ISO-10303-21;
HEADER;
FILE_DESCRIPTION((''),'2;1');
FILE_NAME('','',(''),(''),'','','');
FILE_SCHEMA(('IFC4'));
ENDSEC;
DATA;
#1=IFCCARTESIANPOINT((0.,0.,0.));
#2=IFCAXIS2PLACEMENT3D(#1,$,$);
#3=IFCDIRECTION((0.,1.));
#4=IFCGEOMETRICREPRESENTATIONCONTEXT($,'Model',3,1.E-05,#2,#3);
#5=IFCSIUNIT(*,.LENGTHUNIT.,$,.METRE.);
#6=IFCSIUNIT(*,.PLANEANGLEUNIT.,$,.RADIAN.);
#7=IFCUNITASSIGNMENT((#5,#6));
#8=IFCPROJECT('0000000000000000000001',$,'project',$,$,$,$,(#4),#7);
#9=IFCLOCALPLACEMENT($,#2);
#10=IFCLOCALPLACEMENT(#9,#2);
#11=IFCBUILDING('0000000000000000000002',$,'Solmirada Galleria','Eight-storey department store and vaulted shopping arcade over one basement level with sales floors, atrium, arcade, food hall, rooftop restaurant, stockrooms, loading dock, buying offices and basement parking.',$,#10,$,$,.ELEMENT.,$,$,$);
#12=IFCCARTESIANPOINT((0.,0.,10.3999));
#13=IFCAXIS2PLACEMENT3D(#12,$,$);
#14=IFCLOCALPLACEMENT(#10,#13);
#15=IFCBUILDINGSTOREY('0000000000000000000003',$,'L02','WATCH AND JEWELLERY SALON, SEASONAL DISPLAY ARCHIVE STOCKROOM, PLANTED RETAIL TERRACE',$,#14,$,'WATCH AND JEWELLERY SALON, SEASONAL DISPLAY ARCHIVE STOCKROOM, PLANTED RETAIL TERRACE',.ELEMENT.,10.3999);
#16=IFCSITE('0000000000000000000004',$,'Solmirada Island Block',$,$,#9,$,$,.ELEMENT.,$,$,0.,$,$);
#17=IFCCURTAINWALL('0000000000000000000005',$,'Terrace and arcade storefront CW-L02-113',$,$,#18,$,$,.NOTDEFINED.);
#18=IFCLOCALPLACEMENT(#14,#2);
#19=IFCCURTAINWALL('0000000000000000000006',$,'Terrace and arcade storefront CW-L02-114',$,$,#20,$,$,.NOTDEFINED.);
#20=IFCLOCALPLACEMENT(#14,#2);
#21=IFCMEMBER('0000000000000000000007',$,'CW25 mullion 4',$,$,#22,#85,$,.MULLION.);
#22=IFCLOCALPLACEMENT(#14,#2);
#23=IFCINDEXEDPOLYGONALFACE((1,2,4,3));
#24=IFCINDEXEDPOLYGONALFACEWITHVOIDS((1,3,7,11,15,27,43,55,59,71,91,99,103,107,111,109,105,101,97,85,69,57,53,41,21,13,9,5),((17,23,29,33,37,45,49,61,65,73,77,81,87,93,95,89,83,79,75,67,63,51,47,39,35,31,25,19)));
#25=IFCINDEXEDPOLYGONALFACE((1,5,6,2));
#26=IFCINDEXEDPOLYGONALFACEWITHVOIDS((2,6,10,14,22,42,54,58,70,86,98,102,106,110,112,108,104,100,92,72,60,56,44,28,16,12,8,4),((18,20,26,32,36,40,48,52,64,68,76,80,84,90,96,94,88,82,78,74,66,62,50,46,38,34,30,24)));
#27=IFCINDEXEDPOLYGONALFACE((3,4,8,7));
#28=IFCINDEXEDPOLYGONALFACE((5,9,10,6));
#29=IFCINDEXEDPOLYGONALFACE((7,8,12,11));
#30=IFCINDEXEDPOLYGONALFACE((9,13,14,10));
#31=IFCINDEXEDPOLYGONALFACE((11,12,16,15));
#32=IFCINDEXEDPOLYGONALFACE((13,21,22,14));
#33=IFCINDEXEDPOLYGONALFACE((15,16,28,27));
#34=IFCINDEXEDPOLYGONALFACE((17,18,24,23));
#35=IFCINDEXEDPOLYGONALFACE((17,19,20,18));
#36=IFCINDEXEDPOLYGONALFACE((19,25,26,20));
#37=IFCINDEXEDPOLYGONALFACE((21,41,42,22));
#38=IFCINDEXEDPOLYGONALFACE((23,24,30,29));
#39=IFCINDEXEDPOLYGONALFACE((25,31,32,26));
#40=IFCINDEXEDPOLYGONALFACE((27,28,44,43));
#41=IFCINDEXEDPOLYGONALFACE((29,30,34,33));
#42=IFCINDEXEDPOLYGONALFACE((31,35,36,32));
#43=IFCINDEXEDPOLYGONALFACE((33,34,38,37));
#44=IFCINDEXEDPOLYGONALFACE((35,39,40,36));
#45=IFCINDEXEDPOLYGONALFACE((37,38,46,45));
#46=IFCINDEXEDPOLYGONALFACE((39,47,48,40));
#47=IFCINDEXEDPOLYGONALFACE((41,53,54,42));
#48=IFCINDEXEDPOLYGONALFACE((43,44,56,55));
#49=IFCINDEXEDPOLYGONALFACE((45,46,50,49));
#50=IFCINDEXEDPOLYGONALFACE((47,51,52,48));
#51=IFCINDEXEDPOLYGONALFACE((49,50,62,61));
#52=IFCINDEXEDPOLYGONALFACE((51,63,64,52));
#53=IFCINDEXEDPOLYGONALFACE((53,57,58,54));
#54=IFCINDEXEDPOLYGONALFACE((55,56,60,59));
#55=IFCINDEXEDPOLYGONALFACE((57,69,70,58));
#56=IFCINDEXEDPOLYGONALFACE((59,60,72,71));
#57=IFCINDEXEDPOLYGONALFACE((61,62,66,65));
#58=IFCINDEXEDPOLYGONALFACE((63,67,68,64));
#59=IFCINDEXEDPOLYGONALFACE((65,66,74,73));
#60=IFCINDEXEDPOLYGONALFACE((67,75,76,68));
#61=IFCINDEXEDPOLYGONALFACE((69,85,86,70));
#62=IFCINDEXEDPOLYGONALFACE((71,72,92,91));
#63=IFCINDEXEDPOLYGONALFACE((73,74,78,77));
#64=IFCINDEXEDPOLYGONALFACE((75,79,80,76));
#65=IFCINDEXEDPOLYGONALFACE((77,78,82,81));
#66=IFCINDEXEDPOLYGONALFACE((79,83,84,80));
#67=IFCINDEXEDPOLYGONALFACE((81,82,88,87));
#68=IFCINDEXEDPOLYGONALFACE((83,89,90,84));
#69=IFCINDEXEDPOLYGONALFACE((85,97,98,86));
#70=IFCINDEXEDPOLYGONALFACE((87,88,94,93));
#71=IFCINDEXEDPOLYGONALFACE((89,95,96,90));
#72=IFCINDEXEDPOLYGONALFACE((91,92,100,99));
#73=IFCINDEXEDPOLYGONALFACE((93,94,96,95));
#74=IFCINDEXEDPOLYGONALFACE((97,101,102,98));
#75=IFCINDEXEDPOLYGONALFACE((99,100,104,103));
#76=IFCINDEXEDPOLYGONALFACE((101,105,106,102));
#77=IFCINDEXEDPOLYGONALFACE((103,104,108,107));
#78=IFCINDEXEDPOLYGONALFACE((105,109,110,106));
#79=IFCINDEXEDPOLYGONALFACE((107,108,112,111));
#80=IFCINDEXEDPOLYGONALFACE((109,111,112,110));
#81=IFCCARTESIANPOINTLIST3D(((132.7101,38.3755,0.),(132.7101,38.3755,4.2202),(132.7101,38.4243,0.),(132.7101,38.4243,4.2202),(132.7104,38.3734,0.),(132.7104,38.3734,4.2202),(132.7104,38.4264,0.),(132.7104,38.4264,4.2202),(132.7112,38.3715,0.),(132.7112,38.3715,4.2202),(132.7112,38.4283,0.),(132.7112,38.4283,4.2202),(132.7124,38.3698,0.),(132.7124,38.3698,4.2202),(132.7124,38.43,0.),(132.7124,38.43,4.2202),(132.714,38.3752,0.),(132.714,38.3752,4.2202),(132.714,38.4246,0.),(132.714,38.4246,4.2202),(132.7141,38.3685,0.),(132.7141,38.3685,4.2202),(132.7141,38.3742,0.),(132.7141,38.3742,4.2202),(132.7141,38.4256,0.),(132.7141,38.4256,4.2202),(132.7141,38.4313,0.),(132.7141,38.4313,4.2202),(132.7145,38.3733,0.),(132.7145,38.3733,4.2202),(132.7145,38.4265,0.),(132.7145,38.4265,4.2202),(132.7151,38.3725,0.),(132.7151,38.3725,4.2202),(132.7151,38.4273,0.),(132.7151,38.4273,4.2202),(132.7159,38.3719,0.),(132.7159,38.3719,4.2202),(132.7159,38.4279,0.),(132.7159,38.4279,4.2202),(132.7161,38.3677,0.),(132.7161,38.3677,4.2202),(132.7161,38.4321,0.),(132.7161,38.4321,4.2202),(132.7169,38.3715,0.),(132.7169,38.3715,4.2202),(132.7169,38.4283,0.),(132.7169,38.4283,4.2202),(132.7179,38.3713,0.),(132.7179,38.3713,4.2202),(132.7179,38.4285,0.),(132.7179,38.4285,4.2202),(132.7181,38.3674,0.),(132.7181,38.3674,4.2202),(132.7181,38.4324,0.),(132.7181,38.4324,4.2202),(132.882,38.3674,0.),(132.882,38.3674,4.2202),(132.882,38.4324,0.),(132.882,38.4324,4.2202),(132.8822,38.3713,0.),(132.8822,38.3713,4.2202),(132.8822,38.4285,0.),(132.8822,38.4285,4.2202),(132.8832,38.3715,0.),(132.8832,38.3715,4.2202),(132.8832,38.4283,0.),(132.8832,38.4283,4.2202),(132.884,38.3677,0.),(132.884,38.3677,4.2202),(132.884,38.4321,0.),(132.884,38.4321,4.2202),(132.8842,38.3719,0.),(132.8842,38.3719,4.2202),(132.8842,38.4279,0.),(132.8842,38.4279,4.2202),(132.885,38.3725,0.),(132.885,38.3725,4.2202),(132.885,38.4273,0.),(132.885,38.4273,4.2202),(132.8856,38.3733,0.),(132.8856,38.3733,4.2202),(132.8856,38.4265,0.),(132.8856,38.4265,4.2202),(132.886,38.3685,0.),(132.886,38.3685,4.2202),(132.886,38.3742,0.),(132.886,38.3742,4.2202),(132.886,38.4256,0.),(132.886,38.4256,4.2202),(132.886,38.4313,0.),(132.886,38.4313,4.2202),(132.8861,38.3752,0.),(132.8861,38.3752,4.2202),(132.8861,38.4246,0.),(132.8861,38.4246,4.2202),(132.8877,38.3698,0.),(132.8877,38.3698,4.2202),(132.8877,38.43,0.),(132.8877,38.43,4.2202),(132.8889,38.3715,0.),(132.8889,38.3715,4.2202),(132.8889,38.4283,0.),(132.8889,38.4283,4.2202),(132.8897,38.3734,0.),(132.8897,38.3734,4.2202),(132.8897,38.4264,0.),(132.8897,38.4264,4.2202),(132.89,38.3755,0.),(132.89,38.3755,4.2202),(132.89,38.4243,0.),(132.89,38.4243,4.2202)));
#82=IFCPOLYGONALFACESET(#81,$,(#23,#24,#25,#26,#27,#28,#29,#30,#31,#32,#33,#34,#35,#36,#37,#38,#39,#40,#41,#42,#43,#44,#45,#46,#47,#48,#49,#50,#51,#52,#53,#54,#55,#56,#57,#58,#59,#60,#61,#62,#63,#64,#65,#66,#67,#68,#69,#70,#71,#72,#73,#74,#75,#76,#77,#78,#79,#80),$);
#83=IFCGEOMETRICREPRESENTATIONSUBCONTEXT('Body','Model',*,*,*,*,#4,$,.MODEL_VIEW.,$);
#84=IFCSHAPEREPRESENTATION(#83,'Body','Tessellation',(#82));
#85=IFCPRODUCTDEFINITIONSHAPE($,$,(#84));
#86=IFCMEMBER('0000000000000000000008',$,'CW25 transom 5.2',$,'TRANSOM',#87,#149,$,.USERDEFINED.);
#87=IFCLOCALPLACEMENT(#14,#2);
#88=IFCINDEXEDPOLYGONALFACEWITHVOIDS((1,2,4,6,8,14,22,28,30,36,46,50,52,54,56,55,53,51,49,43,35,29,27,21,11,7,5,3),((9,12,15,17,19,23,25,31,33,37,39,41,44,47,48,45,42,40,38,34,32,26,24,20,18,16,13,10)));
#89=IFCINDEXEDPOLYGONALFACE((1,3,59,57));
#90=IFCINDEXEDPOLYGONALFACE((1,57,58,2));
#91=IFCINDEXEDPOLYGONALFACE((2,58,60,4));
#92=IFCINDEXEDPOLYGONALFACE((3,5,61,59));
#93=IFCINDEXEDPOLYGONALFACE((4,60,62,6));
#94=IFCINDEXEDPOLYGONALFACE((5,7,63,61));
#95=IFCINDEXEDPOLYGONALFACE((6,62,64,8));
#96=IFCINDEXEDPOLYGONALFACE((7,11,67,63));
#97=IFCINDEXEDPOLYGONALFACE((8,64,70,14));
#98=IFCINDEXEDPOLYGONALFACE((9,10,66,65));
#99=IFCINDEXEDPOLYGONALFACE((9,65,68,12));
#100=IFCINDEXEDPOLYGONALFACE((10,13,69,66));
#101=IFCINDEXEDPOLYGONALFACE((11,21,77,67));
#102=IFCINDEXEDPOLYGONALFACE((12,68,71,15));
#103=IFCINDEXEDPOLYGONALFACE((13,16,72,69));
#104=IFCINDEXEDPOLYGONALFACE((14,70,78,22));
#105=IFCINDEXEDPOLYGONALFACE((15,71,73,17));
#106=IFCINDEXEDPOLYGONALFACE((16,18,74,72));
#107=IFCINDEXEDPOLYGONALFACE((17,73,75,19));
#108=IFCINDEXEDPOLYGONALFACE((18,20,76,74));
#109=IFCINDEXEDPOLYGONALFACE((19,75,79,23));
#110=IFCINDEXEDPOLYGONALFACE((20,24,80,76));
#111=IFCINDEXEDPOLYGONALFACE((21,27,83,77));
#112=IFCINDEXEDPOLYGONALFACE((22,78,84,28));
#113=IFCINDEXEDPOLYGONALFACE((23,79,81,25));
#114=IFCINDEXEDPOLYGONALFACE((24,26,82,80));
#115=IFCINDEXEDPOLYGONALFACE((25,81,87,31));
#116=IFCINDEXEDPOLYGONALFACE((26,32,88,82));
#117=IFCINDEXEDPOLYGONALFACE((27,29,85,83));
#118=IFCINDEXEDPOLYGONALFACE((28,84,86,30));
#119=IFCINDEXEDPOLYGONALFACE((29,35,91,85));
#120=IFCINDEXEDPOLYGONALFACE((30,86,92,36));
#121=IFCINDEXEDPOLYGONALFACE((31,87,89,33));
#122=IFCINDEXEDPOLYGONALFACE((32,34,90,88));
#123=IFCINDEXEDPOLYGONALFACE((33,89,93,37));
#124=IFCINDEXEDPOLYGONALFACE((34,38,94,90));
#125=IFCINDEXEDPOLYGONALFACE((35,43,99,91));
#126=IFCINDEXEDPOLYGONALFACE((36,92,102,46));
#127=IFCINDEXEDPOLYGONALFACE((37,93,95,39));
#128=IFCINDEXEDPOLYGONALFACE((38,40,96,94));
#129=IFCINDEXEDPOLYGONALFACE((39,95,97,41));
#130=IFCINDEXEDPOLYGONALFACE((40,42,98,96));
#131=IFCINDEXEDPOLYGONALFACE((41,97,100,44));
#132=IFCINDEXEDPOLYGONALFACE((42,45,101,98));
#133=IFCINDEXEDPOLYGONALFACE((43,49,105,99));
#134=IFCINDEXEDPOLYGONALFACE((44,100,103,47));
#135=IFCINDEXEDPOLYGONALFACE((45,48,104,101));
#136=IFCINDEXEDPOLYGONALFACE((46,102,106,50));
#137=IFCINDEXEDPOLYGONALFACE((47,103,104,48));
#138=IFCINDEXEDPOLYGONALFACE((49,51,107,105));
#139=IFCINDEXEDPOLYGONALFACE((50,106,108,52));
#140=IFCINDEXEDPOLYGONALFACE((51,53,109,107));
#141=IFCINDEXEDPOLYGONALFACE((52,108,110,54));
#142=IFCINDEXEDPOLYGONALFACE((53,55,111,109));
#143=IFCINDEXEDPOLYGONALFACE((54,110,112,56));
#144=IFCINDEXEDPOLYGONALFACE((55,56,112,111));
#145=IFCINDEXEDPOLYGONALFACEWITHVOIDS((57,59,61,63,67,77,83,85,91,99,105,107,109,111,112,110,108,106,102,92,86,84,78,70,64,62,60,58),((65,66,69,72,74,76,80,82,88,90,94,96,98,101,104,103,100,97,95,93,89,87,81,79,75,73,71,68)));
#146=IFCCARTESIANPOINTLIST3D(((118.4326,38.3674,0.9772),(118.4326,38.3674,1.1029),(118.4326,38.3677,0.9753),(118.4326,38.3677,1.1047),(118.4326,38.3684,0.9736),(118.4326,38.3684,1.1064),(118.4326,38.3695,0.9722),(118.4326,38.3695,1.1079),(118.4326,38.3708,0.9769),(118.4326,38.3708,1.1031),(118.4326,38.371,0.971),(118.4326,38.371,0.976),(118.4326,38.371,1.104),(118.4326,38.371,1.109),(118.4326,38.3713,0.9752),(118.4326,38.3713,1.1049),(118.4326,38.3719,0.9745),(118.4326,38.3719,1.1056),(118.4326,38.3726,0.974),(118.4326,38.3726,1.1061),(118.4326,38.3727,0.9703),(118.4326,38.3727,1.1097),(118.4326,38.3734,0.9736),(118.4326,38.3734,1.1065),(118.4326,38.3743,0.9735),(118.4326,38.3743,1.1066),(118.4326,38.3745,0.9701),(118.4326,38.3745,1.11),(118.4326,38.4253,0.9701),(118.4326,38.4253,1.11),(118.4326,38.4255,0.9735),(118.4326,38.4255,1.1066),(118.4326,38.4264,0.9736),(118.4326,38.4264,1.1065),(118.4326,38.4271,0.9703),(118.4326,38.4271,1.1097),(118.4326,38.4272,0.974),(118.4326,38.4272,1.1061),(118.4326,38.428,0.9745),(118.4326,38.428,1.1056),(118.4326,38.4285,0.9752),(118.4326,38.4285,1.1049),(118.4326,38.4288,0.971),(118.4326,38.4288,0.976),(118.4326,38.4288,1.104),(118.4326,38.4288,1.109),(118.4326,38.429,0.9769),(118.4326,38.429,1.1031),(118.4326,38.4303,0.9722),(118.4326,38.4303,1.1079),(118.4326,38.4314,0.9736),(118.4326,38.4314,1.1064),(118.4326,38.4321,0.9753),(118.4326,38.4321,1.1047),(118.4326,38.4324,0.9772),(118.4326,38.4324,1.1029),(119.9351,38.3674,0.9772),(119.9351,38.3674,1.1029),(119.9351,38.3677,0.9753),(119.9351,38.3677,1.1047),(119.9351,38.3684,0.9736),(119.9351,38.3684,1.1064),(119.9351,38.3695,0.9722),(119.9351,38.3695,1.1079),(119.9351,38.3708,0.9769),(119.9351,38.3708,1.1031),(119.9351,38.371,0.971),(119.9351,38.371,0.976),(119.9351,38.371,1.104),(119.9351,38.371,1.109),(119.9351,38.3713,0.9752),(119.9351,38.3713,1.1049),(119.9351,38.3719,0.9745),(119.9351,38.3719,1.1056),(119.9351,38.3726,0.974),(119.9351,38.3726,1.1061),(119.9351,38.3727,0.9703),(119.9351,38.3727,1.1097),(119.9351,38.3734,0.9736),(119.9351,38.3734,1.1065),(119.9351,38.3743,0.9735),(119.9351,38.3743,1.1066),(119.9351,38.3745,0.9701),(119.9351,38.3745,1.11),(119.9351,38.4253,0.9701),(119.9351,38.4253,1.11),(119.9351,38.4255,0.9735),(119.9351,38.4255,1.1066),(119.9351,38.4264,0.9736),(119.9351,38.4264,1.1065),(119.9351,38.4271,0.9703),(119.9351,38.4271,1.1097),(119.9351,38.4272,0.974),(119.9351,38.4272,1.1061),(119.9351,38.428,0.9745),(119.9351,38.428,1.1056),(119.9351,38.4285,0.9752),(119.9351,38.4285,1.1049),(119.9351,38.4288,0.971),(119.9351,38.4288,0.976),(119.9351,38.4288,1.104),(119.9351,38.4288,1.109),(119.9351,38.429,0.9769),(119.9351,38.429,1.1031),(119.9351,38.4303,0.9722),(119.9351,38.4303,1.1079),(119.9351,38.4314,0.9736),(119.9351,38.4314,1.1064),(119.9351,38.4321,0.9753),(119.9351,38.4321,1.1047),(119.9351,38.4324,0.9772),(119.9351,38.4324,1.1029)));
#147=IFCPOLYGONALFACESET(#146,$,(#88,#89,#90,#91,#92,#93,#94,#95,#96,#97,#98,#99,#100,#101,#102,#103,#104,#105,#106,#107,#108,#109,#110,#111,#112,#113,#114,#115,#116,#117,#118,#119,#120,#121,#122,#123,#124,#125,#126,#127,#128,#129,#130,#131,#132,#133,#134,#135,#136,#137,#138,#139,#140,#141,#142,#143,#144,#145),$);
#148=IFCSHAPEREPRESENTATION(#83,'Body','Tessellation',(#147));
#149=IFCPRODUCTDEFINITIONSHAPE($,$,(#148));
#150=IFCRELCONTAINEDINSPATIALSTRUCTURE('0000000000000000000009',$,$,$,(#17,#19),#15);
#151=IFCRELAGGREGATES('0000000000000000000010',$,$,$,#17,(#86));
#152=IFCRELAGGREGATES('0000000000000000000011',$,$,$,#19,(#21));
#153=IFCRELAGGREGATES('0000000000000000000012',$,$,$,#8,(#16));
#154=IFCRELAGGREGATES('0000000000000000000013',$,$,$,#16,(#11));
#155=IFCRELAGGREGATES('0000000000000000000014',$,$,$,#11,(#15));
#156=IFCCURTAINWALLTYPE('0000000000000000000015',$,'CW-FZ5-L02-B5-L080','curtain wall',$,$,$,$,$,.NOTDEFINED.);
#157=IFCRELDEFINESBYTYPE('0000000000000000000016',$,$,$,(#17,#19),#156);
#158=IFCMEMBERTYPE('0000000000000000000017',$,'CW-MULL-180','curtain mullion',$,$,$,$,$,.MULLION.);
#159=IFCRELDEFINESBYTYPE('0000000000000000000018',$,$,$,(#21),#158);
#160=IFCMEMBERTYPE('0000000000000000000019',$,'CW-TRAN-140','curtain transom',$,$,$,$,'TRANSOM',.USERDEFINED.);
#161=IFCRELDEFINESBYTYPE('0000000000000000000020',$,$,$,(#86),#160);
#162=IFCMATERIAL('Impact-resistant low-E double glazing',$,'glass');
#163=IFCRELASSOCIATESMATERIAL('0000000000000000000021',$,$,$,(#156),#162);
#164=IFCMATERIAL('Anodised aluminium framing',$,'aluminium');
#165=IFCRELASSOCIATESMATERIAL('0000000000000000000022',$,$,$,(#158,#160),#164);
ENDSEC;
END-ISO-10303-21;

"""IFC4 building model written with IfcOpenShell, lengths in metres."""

from ifc_helpers import new_model, si_unit, direction, frame, origin, origin_2d, place, context, subcontext, project, spatial, hollow_rectangle, extrude, material, material_profile, profile_set, type_object, element, aggregate, save


model = new_model("IFC4")

# Units and contexts
model_context = context("Model", 3, precision=1e-05, world=origin(), true_north=direction((0.0, 1.0)))
body_context = subcontext(model_context, "Body", "Model", "MODEL_VIEW")
ifc_project = project(units=[si_unit("LENGTHUNIT", "METRE"), si_unit("PLANEANGLEUNIT", "RADIAN")], contexts=[model_context])

# Site, building, storey
site_placement = place(None, origin())
site = spatial("IfcSite", under=ifc_project, at=site_placement, Name="Solmirada Island Block", CompositionType="ELEMENT", RefElevation=0.0)
building_placement = place(site_placement, origin())
building = spatial("IfcBuilding", under=site, at=building_placement, Name="Solmirada Galleria", Description="Eight-storey department store and vaulted shopping arcade over one basement level with sales floors, atrium, arcade, food hall, rooftop restaurant, stockrooms, loading dock, buying offices and basement parking.", CompositionType="ELEMENT")
storey_placement = place(building_placement, frame((0.0, 0.0, 10.3999)))
storey = spatial("IfcBuildingStorey", under=building, at=storey_placement, Name="L02", Description="WATCH AND JEWELLERY SALON, SEASONAL DISPLAY ARCHIVE STOCKROOM, PLANTED RETAIL TERRACE", LongName="WATCH AND JEWELLERY SALON, SEASONAL DISPLAY ARCHIVE STOCKROOM, PLANTED RETAIL TERRACE", CompositionType="ELEMENT", Elevation=10.3999)

# Curtain wall
ifc_material_1 = material(Name="Impact-resistant low-E double glazing", Category="glass")
curtain_wall_type = type_object("IfcCurtainWallType", Name="CW-FZ5-L02-B5-L080", Description="curtain wall", PredefinedType="NOTDEFINED", material=ifc_material_1)
curtain_wall_1_placement = place(storey_placement, origin())
curtain_wall_1 = element("IfcCurtainWall", 1, at=curtain_wall_1_placement, inside=storey, type_object=curtain_wall_type, Name="Terrace and arcade storefront CW-L02-113", PredefinedType="NOTDEFINED")
ifc_material_2 = material(Name="Anodised aluminium framing", Category="aluminium")
ifc_material_profile_1 = material_profile(ifc_material_2, hollow_rectangle(XDim=0.0649, YDim=0.1799, WallThickness=0.0039, InnerFilletRadius=0.0039, OuterFilletRadius=0.0081, at=origin_2d()), Name="ALU-MULL-180X65")
ifc_profile_set_1 = profile_set([ifc_material_profile_1], Name="Anodised aluminium framing")
member_type_1 = type_object("IfcMemberType", Name="CW-MULL-180", Description="curtain mullion", PredefinedType="MULLION", material=ifc_profile_set_1)

# Curtain wall, member
curtain_wall_2_placement = place(storey_placement, origin())
curtain_wall_2 = element("IfcCurtainWall", 2, at=curtain_wall_2_placement, inside=storey, type_object=curtain_wall_type, Name="Terrace and arcade storefront CW-L02-114", PredefinedType="NOTDEFINED")
member_1_placement = place(storey_placement, frame((132.8, 38.3999, 0.0), z_axis=(0.0, 0.0, 1.0), x_axis=(0.0, 1.0, 0.0)))
member_1 = element("IfcMember", 3, at=member_1_placement, type_object=member_type_1, Name="CW25 mullion 4", PredefinedType="MULLION", context=body_context, shape_type="SweptSolid", body=[
    extrude(hollow_rectangle(XDim=0.0649, YDim=0.1799, WallThickness=0.0039, InnerFilletRadius=0.0039, OuterFilletRadius=0.0081, at=origin_2d()), origin(), (0.0, 0.0, 1.0), 4.2202),
])

# Member
ifc_material_profile_2 = material_profile(ifc_material_2, hollow_rectangle(XDim=0.0649, YDim=0.1399, WallThickness=0.0034, InnerFilletRadius=0.0034, OuterFilletRadius=0.0071, at=origin_2d()), Name="ALU-TRAN-140X65")
ifc_profile_set_2 = profile_set([ifc_material_profile_2], Name="Anodised aluminium framing")
member_type_2 = type_object("IfcMemberType", Name="CW-TRAN-140", Description="curtain transom", ElementType="TRANSOM", PredefinedType="USERDEFINED", material=ifc_profile_set_2)
member_2_placement = place(storey_placement, frame((118.4326, 38.3999, 1.04), z_axis=(1.0, 0.0, 0.0), x_axis=(0.0, 1.0, 0.0)))
member_2 = element("IfcMember", 4, at=member_2_placement, type_object=member_type_2, Name="CW25 transom 5.2", ObjectType="TRANSOM", PredefinedType="USERDEFINED", context=body_context, shape_type="SweptSolid", body=[
    extrude(hollow_rectangle(XDim=0.0649, YDim=0.1399, WallThickness=0.0034, InnerFilletRadius=0.0034, OuterFilletRadius=0.0071, at=origin_2d()), origin(), (0.0, 0.0, 1.0), 1.5024),
])

aggregate(curtain_wall_1, [member_2])
aggregate(curtain_wall_2, [member_1])

save(model, "model.ifc")
